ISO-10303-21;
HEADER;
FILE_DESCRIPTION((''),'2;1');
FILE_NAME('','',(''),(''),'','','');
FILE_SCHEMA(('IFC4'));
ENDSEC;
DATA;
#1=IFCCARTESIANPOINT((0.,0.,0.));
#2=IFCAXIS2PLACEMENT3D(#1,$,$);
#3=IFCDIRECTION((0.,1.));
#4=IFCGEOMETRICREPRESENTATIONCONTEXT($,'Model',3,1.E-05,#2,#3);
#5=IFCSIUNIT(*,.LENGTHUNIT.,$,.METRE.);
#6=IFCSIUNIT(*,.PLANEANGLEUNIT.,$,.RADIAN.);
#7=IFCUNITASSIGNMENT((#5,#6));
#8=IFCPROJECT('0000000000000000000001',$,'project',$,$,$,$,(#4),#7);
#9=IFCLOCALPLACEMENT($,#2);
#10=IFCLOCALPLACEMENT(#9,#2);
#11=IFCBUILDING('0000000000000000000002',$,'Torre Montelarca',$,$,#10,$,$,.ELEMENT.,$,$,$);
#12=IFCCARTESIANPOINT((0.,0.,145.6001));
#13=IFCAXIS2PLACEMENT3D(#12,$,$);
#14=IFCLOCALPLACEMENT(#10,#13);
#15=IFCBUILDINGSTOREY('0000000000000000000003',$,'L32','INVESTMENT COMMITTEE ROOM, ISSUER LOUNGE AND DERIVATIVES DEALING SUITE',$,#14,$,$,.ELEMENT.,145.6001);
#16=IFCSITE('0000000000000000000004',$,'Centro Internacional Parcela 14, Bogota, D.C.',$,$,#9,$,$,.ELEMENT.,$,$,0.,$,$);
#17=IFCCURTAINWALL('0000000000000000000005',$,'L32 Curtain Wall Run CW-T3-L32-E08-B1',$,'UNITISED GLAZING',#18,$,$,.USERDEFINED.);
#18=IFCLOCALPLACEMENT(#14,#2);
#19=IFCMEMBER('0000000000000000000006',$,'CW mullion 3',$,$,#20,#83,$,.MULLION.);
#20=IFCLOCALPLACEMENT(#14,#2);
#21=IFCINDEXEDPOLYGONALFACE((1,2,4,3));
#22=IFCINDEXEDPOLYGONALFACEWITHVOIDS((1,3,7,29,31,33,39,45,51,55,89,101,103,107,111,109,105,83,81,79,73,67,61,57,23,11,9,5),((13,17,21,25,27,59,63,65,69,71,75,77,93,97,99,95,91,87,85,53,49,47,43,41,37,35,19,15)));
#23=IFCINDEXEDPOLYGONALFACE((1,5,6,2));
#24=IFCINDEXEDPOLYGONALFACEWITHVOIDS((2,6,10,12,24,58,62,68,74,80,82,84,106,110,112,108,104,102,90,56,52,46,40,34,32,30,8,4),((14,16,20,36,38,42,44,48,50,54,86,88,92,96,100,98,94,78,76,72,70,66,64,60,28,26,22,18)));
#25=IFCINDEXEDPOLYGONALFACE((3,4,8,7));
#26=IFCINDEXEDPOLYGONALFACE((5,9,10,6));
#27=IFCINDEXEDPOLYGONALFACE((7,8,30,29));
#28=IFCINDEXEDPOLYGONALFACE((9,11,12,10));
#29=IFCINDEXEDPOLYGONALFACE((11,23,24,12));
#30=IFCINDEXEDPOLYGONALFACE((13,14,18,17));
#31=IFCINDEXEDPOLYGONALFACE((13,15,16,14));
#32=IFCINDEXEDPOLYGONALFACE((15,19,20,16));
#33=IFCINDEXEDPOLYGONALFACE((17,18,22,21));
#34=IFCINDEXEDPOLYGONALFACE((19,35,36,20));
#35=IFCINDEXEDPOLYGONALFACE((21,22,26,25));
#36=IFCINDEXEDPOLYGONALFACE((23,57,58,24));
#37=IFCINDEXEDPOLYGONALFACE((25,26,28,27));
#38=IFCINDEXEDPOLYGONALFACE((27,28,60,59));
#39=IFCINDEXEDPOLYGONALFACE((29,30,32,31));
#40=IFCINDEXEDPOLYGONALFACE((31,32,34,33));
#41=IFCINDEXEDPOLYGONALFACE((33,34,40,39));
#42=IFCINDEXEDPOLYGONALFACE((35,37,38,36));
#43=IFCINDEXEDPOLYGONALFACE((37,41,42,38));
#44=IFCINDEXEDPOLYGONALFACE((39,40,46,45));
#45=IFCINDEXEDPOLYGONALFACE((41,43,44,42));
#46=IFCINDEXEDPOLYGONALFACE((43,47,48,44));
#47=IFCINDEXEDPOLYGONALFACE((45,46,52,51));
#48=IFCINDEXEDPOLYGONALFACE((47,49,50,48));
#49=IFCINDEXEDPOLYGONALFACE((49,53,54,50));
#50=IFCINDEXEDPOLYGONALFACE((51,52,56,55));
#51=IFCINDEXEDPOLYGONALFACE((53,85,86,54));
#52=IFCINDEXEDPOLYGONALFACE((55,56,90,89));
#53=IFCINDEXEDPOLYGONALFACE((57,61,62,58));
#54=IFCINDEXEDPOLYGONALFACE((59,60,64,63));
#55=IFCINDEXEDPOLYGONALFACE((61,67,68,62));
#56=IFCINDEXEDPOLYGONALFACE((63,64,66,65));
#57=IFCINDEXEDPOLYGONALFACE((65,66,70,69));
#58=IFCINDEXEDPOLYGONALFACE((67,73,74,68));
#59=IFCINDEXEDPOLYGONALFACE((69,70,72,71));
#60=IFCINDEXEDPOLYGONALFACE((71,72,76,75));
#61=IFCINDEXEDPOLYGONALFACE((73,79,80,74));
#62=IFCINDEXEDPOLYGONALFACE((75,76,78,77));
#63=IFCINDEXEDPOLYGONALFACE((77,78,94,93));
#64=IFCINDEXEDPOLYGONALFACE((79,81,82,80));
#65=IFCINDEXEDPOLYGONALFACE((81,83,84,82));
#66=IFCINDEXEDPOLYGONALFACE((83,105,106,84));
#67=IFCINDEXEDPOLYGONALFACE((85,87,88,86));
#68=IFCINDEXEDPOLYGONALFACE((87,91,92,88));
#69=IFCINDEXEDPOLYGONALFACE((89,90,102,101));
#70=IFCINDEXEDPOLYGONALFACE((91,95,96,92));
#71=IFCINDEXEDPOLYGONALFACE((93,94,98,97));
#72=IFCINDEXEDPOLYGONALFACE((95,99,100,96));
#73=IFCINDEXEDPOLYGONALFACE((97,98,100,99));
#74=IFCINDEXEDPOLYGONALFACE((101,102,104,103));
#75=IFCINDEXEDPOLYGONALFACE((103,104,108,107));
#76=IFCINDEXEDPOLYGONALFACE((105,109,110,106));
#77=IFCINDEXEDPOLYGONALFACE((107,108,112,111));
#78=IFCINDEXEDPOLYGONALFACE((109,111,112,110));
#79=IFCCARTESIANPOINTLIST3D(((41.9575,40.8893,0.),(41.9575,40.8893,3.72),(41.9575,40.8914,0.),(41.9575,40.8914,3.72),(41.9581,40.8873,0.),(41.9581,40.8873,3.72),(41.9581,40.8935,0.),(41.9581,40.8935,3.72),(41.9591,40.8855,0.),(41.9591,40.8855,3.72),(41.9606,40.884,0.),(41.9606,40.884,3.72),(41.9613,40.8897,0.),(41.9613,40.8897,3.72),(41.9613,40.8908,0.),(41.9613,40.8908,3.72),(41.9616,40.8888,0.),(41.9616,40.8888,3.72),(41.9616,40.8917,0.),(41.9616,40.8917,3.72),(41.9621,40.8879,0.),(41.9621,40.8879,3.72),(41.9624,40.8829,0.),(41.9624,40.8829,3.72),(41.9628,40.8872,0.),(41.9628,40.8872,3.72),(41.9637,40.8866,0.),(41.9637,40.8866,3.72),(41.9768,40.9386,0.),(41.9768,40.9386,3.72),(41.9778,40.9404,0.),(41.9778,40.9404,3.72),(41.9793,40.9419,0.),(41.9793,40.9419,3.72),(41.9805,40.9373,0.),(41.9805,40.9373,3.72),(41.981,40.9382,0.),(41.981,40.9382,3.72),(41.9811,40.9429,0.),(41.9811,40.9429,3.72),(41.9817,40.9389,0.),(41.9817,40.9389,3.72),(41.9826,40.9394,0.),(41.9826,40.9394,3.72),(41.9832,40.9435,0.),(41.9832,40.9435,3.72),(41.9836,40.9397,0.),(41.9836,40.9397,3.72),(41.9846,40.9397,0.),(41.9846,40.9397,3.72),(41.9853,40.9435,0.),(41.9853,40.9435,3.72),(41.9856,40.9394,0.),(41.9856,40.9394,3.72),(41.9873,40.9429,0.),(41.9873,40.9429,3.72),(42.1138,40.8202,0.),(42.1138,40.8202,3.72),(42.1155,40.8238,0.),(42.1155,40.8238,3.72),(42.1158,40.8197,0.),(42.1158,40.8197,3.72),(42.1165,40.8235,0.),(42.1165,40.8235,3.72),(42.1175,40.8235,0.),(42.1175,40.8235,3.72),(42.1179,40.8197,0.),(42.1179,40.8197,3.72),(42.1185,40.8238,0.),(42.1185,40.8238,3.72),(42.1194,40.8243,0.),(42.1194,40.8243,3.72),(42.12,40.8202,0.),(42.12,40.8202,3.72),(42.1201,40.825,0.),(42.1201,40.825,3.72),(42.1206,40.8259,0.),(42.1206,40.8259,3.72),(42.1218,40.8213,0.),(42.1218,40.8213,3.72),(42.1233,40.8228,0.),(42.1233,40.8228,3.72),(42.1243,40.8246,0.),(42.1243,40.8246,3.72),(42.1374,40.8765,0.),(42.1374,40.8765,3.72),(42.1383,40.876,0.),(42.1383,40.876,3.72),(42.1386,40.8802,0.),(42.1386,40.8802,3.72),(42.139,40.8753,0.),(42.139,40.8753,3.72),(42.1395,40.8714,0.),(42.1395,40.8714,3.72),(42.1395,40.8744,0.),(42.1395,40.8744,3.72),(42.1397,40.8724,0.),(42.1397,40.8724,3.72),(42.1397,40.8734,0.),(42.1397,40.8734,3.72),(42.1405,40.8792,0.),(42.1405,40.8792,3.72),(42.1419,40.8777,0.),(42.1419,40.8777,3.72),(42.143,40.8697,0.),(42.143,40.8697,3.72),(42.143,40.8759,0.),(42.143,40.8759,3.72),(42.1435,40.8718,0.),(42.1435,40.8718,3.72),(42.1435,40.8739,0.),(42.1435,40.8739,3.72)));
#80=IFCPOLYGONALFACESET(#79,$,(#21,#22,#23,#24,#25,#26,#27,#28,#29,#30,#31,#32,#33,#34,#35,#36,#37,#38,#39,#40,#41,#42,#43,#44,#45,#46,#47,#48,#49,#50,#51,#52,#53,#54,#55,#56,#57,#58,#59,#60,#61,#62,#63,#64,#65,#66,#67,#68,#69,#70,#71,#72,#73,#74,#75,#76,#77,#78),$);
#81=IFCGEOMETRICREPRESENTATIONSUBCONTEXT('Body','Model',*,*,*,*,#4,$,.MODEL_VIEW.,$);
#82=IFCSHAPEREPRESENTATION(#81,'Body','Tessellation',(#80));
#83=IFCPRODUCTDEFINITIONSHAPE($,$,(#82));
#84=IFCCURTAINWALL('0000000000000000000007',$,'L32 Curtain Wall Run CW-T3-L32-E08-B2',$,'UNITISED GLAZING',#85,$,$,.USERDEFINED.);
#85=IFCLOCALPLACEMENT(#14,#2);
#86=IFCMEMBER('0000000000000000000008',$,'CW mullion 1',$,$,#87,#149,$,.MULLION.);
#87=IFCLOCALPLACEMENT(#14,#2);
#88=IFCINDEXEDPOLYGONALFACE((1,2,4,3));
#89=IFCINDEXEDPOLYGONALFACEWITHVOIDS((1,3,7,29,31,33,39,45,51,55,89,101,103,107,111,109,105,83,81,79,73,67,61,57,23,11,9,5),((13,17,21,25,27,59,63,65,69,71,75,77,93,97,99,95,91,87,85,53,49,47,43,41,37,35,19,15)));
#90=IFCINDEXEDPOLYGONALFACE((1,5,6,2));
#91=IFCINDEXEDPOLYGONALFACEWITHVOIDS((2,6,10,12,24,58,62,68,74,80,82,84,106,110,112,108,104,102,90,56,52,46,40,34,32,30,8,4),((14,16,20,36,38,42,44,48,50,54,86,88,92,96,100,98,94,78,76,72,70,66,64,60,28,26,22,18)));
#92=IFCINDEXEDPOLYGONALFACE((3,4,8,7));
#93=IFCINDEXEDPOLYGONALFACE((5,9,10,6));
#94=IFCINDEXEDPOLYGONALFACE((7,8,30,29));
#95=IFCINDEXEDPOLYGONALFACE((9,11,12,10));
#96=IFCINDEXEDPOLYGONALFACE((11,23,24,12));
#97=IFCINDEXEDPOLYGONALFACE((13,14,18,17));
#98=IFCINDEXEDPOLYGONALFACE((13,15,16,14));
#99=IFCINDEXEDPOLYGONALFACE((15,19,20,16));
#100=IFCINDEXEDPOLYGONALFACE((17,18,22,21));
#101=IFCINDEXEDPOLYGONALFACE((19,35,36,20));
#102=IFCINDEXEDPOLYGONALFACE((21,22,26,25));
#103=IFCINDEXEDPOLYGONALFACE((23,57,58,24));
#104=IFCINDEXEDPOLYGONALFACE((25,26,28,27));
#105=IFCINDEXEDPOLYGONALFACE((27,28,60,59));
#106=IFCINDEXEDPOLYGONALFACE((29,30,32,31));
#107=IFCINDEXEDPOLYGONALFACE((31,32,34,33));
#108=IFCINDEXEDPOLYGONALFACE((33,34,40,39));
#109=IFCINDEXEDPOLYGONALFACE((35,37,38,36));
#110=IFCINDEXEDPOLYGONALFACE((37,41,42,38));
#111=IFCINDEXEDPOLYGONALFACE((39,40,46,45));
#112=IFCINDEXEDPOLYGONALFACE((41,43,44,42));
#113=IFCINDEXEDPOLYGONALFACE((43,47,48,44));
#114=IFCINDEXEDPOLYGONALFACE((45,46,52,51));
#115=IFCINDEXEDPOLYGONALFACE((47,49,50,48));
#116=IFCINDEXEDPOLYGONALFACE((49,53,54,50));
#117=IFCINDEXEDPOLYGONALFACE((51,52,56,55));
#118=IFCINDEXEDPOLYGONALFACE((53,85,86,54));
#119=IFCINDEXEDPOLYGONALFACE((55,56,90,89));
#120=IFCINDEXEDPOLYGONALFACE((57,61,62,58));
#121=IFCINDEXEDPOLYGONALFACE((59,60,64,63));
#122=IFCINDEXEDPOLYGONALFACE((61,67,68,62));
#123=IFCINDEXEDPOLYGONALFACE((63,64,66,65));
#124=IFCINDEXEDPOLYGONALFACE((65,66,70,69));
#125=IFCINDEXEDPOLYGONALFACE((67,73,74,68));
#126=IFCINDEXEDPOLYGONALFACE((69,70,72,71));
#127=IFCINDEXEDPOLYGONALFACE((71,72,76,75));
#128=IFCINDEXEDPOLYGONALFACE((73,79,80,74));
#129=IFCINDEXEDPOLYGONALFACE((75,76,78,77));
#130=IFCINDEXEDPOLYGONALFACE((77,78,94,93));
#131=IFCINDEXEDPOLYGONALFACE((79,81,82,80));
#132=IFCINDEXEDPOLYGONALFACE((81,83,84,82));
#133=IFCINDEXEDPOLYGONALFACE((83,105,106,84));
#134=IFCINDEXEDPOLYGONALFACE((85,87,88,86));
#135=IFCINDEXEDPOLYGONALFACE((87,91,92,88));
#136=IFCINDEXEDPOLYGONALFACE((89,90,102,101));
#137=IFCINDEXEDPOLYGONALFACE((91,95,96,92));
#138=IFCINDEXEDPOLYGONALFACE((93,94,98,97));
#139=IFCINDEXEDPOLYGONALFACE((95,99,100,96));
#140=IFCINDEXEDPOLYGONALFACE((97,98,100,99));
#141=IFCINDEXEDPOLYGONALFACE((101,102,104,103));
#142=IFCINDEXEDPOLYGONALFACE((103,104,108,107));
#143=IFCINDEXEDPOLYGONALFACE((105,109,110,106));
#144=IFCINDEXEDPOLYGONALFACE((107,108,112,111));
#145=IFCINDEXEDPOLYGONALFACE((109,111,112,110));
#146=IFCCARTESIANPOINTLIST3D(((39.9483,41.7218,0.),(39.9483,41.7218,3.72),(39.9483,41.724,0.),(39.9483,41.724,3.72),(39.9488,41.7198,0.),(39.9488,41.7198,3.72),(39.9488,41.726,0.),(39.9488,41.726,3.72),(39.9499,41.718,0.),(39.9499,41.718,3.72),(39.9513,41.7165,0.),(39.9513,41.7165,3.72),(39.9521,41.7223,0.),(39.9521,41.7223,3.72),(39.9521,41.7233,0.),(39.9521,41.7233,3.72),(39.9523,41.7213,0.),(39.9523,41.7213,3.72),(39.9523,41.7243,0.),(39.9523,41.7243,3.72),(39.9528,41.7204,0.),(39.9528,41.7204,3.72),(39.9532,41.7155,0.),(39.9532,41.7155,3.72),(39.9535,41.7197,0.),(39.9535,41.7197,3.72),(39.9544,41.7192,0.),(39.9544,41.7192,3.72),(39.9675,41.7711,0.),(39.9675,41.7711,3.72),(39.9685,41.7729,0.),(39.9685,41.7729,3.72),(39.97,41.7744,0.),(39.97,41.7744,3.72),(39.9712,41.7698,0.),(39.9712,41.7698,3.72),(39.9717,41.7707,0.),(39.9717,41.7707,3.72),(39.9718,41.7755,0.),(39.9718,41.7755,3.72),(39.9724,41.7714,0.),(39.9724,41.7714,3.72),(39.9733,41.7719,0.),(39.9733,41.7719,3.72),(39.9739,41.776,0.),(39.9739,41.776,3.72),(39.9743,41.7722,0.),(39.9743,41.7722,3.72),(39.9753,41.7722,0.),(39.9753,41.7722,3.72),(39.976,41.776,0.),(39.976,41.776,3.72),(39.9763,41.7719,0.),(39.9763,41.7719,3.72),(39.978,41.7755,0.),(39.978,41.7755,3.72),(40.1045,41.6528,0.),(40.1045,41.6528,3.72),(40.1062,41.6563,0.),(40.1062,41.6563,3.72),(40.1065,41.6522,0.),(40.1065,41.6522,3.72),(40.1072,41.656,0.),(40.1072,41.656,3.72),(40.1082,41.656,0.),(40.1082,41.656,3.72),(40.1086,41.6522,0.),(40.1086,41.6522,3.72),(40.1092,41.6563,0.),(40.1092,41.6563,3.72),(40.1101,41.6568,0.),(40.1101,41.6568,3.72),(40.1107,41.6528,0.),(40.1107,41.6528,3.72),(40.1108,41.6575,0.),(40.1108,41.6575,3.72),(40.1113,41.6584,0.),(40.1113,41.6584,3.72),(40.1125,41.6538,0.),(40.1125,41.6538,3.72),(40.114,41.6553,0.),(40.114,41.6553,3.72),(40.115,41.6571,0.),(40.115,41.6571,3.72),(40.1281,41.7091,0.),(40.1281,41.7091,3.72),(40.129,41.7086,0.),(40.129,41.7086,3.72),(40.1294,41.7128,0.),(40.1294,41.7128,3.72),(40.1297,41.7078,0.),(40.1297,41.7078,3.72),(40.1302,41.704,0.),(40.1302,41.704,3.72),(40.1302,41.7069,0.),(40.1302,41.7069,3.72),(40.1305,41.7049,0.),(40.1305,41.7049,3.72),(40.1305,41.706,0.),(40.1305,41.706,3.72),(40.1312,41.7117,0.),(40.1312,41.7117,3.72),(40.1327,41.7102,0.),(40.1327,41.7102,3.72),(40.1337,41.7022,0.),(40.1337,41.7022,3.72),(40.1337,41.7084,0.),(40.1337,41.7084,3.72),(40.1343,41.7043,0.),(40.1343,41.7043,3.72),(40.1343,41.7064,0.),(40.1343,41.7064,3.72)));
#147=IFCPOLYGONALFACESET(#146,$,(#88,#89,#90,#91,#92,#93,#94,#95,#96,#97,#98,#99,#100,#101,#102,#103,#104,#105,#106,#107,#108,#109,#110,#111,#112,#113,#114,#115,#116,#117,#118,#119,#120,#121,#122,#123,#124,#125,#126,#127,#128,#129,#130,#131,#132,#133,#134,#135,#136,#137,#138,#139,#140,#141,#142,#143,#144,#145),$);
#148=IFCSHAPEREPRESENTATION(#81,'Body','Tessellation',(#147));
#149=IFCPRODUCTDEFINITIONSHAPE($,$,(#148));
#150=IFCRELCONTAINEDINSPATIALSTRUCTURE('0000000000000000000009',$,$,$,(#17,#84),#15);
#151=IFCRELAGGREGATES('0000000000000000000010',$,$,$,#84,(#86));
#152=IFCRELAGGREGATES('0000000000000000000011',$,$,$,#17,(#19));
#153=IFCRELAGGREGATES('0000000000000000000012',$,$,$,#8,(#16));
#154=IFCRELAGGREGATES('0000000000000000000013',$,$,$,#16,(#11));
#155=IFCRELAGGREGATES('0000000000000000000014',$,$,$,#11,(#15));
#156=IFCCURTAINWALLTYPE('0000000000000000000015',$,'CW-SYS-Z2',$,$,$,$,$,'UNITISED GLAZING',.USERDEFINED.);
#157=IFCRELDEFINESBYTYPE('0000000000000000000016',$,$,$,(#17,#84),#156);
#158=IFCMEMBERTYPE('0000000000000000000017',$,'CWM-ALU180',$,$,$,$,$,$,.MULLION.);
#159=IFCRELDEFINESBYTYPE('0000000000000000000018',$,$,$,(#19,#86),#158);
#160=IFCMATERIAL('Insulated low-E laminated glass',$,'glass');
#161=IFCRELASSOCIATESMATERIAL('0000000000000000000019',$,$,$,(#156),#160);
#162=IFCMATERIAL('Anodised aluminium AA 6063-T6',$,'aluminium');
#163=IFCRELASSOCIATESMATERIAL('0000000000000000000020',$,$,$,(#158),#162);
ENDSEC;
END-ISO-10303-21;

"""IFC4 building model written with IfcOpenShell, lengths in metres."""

from ifc_helpers import new_model, si_unit, direction, frame, origin, origin_2d, place, context, subcontext, project, spatial, hollow_rectangle, extrude, source, transform, mapped, material, material_profile, profile_set, type_object, element, aggregate, save


model = new_model("IFC4")

# Units and contexts
model_context = context("Model", 3, precision=1e-05, world=origin(), true_north=direction((0.0, 1.0)))
body_context = subcontext(model_context, "Body", "Model", "MODEL_VIEW")
ifc_project = project(units=[si_unit("LENGTHUNIT", "METRE"), si_unit("PLANEANGLEUNIT", "RADIAN")], contexts=[model_context])

# Site, building, storey
site_placement = place(None, origin())
site = spatial("IfcSite", under=ifc_project, at=site_placement, Name="Centro Internacional Parcela 14, Bogota, D.C.", CompositionType="ELEMENT", RefElevation=0.0)
building_placement = place(site_placement, origin())
building = spatial("IfcBuilding", under=site, at=building_placement, Name="Torre Montelarca", CompositionType="ELEMENT")
storey_placement = place(building_placement, frame((0.0, 0.0, 145.6001)))
storey = spatial("IfcBuildingStorey", under=building, at=storey_placement, Name="L32", Description="INVESTMENT COMMITTEE ROOM, ISSUER LOUNGE AND DERIVATIVES DEALING SUITE", CompositionType="ELEMENT", Elevation=145.6001)

# Curtain wall, member
ifc_material_1 = material(Name="Insulated low-E laminated glass", Category="glass")
curtain_wall_type = type_object("IfcCurtainWallType", Name="CW-SYS-Z2", ElementType="UNITISED GLAZING", PredefinedType="USERDEFINED", material=ifc_material_1)
ifc_material_2 = material(Name="Anodised aluminium AA 6063-T6", Category="aluminium")
ifc_material_profile_1 = material_profile(ifc_material_2, hollow_rectangle(XDim=0.0649, YDim=0.1799, WallThickness=0.0039, InnerFilletRadius=0.0039, OuterFilletRadius=0.0081, at=origin_2d()), Name="ALU65X180X4", Category="aluminium")
ifc_profile_set_1 = profile_set([ifc_material_profile_1], Name="Anodised aluminium AA 6063-T6")
member_type_1 = type_object("IfcMemberType", Name="CWM-ALU180", PredefinedType="MULLION", material=ifc_profile_set_1)
shared_shape_1 = source(origin(), body_context, "Body", "SweptSolid", [
    extrude(hollow_rectangle(XDim=0.0649, YDim=0.1799, WallThickness=0.0039, InnerFilletRadius=0.0039, OuterFilletRadius=0.0081, at=origin_2d()), origin(), (0.0, 0.0, 1.0), 3.72),
])
curtain_wall_1_placement = place(storey_placement, origin())
curtain_wall_1 = element("IfcCurtainWall", 1, at=curtain_wall_1_placement, inside=storey, type_object=curtain_wall_type, Name="L32 Curtain Wall Run CW-T3-L32-E08-B1", ObjectType="UNITISED GLAZING", PredefinedType="USERDEFINED")
member_1_placement = place(storey_placement, frame((42.0505, 40.8816, 0.0), z_axis=(0.0, 0.0, 1.0), x_axis=(-0.382681, -0.923881, 0.0)))
member_1 = element("IfcMember", 2, at=member_1_placement, type_object=member_type_1, Name="CW mullion 3", PredefinedType="MULLION", context=body_context, shape_type="MappedRepresentation", body=[
    mapped(shared_shape_1, transform((0.0, 0.0, 0.0), scale=1.0)),
])

# Curtain wall, member
curtain_wall_2_placement = place(storey_placement, origin())
curtain_wall_2 = element("IfcCurtainWall", 3, at=curtain_wall_2_placement, inside=storey, type_object=curtain_wall_type, Name="L32 Curtain Wall Run CW-T3-L32-E08-B2", ObjectType="UNITISED GLAZING", PredefinedType="USERDEFINED")
member_2_placement = place(storey_placement, frame((40.0413, 41.7141, 0.0), z_axis=(0.0, 0.0, 1.0), x_axis=(-0.382681, -0.92388, 0.0)))
member_2 = element("IfcMember", 4, at=member_2_placement, type_object=member_type_1, Name="CW mullion 1", PredefinedType="MULLION", context=body_context, shape_type="MappedRepresentation", body=[
    mapped(shared_shape_1, transform((0.0, 0.0, 0.0), scale=1.0)),
])

aggregate(curtain_wall_2, [member_2])
aggregate(curtain_wall_1, [member_1])

save(model, "model.ifc")
